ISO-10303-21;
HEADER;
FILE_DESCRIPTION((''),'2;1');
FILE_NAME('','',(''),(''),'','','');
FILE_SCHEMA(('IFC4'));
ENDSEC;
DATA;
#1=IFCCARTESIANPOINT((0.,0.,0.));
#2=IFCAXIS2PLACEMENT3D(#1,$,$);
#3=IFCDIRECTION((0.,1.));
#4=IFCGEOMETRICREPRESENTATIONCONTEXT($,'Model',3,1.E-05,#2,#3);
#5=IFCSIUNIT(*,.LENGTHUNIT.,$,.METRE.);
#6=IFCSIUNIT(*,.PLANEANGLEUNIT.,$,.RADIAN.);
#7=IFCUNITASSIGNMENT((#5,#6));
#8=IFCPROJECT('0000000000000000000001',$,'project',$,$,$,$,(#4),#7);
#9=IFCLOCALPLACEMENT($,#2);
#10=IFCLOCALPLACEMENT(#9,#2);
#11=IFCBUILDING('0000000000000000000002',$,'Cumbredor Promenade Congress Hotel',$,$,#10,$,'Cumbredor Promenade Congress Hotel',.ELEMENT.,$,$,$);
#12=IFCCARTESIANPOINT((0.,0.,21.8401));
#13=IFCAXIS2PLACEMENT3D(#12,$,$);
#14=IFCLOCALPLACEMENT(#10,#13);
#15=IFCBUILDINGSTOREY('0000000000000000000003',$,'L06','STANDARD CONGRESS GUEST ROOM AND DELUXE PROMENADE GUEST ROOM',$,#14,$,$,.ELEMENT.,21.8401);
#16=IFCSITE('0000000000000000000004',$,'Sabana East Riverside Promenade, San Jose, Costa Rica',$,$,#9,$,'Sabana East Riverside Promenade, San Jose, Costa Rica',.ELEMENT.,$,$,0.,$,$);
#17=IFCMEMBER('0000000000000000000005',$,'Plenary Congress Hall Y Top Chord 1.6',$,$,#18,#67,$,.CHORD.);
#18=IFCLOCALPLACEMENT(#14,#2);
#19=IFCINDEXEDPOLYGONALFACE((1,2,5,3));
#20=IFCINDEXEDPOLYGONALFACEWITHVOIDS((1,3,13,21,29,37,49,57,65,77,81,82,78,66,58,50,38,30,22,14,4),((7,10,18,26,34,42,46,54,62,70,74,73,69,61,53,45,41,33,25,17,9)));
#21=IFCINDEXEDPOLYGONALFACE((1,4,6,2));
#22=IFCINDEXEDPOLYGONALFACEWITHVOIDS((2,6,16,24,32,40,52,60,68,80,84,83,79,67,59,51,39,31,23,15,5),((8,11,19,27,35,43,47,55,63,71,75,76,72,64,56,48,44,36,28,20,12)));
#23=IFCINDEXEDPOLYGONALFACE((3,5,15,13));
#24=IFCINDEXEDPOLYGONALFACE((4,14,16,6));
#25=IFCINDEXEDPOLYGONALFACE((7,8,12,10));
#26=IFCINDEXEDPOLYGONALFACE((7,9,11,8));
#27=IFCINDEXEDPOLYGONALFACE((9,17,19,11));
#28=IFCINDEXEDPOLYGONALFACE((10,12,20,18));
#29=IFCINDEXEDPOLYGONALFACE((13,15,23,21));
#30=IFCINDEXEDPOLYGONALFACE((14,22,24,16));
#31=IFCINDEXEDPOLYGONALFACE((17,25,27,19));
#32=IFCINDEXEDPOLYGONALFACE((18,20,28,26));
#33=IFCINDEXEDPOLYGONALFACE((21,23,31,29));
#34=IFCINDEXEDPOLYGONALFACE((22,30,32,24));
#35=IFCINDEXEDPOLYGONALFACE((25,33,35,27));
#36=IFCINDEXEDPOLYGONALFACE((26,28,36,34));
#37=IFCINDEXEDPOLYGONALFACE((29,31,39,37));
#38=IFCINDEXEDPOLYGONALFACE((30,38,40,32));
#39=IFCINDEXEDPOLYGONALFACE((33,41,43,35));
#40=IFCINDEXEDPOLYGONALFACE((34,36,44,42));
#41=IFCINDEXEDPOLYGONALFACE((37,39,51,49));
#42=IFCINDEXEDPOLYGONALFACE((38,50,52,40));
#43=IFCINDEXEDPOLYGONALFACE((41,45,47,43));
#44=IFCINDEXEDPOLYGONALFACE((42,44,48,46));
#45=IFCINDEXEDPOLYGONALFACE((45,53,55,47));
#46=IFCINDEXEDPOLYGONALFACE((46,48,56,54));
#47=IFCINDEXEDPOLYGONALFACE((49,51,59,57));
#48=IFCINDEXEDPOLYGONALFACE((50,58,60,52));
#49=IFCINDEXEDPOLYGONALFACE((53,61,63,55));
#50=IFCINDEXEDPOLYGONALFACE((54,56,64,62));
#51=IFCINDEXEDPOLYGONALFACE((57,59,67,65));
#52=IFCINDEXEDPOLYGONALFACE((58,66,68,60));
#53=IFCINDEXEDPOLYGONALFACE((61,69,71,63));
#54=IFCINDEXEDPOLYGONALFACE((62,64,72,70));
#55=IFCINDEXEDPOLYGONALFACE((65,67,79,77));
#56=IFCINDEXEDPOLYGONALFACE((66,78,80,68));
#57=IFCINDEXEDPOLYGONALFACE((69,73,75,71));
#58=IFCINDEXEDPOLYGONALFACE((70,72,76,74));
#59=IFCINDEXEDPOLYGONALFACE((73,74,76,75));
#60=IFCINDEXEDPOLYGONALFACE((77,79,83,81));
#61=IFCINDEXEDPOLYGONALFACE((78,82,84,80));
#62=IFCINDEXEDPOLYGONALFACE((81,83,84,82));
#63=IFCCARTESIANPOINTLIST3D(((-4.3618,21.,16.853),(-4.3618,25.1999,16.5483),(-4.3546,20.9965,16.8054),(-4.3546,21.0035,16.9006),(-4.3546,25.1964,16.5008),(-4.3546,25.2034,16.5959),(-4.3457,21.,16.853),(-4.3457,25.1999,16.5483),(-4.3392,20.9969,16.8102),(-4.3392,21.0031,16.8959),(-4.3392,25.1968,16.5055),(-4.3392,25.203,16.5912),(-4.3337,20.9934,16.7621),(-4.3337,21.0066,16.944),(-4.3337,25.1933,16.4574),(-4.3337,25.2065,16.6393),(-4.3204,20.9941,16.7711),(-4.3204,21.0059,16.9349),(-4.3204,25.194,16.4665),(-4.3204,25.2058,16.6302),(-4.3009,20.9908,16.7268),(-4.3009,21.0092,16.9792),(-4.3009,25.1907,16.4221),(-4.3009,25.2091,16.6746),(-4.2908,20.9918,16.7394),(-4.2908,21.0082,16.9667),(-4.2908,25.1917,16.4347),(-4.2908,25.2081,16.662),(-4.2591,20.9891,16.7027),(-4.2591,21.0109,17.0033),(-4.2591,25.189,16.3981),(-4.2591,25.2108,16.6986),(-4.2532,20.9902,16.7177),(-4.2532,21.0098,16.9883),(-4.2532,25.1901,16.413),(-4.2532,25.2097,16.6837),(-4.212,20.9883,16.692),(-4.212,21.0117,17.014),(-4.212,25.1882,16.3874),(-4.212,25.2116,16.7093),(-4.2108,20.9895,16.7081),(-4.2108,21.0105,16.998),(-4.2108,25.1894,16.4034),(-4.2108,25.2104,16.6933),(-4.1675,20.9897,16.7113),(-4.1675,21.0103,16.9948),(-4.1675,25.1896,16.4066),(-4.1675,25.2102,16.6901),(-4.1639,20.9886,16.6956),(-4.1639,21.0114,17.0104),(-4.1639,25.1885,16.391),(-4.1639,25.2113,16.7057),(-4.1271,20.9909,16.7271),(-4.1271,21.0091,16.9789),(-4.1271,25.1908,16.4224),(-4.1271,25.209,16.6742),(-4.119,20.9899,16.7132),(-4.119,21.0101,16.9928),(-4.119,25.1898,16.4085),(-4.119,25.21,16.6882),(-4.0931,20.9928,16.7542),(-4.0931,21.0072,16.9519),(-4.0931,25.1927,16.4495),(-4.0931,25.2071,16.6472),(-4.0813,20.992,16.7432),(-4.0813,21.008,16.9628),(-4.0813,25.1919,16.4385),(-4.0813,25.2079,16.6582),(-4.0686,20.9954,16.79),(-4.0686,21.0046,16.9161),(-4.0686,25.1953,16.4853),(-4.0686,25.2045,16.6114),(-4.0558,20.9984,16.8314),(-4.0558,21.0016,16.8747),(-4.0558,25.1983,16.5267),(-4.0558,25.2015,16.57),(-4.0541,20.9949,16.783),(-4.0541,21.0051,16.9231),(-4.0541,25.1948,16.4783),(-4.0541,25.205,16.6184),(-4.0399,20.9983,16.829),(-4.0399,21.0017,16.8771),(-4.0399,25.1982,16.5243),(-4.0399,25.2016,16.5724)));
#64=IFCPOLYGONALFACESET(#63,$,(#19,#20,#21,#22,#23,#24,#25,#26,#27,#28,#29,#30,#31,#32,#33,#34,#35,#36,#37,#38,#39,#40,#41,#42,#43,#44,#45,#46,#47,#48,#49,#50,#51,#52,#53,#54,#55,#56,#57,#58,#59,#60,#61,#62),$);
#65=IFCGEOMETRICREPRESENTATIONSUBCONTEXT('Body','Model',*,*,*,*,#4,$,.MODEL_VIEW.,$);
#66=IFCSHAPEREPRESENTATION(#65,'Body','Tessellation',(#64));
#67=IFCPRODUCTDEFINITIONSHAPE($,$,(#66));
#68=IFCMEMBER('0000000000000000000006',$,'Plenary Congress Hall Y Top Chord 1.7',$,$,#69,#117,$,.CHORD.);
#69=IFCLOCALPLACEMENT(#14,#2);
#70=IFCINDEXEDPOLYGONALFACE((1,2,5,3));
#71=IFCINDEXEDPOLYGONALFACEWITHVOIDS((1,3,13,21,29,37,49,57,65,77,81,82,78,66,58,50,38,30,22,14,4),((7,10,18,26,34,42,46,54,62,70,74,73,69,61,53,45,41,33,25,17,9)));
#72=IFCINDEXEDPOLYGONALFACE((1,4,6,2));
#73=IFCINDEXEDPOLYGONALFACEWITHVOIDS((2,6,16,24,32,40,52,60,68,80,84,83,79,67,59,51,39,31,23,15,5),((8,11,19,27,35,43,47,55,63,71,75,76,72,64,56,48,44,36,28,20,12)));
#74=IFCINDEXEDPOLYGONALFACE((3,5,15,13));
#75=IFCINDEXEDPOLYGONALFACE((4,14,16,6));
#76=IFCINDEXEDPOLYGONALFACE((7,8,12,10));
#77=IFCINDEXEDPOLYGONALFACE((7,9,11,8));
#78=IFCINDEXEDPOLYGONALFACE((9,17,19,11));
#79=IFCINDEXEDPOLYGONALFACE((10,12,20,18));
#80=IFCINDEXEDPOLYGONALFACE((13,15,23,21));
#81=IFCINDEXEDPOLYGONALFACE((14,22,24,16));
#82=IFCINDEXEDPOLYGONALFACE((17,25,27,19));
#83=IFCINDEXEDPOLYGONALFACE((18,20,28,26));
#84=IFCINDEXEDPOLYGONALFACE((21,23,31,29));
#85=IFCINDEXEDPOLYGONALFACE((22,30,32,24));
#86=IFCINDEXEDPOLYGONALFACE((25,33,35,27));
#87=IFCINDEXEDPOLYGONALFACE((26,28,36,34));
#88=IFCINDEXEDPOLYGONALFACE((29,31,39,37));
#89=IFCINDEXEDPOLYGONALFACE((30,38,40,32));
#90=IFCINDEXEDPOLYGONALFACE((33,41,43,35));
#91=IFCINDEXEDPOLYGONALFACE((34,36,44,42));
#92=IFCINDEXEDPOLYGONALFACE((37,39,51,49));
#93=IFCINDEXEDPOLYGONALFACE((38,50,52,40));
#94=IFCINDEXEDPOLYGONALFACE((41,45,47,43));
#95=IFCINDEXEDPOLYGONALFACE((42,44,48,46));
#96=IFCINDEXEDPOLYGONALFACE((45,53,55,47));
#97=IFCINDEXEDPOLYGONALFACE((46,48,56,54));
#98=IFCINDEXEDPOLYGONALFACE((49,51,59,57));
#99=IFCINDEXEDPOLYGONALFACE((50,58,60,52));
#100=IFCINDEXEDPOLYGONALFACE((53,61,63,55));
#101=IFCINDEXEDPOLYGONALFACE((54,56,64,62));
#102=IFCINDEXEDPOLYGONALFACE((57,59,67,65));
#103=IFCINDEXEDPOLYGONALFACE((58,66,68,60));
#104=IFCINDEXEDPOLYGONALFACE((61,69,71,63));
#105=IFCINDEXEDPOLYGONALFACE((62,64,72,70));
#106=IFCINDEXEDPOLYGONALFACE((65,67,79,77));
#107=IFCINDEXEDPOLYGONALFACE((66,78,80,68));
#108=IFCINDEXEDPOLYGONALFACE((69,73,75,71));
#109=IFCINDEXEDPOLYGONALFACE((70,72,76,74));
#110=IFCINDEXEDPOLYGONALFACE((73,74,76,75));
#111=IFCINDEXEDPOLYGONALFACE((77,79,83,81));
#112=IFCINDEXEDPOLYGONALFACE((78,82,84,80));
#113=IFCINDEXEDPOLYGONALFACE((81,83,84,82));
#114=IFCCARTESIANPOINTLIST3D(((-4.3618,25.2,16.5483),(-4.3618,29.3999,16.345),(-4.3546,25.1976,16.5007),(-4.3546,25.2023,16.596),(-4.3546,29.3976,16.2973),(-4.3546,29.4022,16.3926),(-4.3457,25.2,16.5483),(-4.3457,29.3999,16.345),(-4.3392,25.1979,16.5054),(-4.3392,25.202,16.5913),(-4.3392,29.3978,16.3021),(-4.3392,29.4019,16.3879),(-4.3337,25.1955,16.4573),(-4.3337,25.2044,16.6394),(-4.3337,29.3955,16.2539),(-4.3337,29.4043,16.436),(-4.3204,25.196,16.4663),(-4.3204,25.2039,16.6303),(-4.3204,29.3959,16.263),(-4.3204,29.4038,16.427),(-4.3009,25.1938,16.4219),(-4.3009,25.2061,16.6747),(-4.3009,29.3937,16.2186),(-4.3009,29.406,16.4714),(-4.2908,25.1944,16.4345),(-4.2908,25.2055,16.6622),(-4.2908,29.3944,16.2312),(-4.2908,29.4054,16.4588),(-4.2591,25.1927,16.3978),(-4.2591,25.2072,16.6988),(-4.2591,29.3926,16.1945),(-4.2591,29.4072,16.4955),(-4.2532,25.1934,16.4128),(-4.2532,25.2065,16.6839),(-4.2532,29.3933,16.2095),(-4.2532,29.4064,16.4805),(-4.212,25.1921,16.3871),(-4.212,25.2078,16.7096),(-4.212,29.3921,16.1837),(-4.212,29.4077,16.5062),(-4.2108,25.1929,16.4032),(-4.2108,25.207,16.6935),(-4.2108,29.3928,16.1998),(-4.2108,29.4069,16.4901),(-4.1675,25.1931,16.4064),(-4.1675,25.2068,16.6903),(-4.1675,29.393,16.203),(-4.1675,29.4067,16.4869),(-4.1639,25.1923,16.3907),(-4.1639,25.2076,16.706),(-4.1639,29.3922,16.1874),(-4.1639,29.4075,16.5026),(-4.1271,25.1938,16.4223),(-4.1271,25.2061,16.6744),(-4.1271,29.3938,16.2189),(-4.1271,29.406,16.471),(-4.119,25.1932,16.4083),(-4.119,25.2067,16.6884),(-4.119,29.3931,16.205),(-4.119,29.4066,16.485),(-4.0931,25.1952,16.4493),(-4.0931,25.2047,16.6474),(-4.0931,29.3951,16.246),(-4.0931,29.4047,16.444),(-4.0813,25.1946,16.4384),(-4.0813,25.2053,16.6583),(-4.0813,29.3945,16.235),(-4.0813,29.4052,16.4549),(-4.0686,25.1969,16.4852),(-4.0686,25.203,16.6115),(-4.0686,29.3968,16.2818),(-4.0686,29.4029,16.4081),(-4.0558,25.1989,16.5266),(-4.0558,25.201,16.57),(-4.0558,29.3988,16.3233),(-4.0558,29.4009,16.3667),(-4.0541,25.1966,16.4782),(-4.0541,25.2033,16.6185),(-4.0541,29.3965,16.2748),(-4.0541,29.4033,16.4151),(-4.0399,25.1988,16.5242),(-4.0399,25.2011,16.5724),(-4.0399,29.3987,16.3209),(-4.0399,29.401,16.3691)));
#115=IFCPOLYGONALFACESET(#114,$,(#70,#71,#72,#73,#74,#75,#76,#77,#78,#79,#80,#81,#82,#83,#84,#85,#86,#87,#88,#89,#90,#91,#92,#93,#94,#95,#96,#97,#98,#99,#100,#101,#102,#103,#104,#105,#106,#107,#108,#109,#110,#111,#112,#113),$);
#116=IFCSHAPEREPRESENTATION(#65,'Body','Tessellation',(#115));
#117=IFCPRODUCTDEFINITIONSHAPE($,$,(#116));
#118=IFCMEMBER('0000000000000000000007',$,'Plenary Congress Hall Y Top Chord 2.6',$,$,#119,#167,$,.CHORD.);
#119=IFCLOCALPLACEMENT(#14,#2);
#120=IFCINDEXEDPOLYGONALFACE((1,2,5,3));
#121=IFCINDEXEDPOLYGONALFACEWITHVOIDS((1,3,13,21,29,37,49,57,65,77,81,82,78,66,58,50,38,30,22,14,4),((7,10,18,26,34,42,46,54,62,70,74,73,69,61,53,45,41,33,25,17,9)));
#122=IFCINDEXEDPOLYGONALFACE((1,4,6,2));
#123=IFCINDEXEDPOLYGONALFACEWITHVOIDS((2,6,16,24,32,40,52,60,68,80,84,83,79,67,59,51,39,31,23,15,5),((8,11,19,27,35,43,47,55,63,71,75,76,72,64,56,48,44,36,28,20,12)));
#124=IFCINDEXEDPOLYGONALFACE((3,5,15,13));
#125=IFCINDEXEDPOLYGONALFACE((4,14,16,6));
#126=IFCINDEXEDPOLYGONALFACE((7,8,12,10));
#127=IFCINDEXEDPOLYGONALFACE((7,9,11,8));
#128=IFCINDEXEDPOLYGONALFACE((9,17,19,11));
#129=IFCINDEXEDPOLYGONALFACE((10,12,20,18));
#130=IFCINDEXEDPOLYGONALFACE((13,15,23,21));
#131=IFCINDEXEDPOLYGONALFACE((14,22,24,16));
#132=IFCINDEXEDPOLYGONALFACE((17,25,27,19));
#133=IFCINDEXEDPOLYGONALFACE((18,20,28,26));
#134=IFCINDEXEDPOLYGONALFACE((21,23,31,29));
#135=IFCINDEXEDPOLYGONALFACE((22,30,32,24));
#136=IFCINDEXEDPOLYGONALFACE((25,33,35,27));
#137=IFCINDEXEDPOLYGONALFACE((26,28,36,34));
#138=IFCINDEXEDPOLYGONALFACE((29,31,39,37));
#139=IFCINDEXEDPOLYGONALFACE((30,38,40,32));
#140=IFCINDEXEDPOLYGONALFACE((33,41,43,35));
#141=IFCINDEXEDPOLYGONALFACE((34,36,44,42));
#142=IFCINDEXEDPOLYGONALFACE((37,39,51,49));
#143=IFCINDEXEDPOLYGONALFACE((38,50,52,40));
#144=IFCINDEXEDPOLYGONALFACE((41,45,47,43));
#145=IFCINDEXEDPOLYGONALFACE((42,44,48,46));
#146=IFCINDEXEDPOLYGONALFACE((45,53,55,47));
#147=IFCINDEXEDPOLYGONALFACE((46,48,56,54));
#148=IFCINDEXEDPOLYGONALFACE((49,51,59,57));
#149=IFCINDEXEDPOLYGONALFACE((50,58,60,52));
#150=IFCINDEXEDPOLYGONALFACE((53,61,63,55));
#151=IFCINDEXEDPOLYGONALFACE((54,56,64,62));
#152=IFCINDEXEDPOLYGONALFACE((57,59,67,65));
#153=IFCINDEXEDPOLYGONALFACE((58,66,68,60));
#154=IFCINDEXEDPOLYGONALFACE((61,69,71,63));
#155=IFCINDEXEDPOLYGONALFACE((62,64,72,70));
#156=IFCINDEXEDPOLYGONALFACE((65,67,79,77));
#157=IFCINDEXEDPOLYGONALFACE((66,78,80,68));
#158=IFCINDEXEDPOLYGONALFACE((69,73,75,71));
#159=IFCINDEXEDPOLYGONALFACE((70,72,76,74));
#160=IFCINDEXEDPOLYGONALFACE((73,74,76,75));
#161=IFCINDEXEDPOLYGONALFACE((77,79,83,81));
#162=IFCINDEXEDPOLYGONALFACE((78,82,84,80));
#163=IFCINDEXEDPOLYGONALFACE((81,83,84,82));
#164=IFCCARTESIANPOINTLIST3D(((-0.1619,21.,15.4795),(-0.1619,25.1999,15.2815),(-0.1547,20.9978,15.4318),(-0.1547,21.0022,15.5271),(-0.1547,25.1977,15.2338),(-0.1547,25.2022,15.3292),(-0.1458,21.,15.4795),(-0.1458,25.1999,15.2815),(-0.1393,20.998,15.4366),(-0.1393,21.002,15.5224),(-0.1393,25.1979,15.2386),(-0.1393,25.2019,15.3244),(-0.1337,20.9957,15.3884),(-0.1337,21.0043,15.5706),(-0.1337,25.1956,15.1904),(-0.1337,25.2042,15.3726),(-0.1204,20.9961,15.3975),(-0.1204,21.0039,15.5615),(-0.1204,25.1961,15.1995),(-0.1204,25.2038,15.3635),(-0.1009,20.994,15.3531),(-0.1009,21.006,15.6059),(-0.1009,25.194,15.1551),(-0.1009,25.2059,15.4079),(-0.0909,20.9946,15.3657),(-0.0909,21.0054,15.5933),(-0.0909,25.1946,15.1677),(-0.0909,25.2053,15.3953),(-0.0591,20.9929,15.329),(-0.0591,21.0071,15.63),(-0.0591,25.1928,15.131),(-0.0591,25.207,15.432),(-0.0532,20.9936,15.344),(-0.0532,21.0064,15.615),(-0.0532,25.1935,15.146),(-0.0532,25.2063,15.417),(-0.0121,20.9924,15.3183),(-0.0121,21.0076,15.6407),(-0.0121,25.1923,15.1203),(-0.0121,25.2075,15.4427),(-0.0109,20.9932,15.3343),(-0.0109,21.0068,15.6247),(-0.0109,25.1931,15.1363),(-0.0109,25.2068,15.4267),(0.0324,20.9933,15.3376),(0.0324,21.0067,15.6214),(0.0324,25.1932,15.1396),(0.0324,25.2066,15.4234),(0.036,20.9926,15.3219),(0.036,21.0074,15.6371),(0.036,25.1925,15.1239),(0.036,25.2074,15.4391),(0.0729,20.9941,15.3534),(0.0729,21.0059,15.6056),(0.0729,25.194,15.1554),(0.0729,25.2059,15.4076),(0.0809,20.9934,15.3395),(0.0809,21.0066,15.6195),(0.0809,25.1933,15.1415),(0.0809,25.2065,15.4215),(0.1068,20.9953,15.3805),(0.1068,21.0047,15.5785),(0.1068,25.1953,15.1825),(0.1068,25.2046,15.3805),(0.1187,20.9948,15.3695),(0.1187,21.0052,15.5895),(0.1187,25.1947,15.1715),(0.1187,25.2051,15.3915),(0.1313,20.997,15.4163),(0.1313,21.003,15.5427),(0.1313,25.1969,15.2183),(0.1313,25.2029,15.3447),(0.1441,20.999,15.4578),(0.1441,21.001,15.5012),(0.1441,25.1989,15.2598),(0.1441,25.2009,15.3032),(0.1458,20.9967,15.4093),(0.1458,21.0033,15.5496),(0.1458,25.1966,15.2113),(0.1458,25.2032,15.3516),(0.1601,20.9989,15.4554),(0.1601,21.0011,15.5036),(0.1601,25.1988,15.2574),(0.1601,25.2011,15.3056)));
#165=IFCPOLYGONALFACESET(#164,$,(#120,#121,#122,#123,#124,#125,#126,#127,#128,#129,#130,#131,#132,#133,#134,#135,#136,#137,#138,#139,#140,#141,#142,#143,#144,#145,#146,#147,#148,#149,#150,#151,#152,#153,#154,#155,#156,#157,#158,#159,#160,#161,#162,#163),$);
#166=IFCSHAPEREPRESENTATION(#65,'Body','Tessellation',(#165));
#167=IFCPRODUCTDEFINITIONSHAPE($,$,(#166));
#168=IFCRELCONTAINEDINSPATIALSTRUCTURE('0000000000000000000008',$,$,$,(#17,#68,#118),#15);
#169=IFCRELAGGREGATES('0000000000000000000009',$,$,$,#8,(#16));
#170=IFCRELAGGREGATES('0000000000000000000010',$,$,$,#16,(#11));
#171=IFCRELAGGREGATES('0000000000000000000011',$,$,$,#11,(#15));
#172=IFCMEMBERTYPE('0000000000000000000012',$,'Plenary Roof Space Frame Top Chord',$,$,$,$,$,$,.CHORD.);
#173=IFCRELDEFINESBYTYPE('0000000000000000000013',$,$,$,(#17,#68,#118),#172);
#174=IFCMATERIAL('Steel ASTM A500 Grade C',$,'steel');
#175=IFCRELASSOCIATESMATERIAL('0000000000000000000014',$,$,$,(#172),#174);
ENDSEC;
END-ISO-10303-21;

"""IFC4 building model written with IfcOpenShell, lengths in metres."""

from ifc_helpers import new_model, si_unit, direction, frame, origin, origin_2d, place, context, subcontext, project, spatial, hollow_circle, extrude, material, material_profile, profile_set, type_object, element, save


model = new_model("IFC4")

# Units and contexts
model_context = context("Model", 3, precision=1e-05, world=origin(), true_north=direction((0.0, 1.0)))
body_context = subcontext(model_context, "Body", "Model", "MODEL_VIEW")
ifc_project = project(units=[si_unit("LENGTHUNIT", "METRE"), si_unit("PLANEANGLEUNIT", "RADIAN")], contexts=[model_context])

# Site, building, storey
site_placement = place(None, origin())
site = spatial("IfcSite", under=ifc_project, at=site_placement, Name="Sabana East Riverside Promenade, San Jose, Costa Rica", LongName="Sabana East Riverside Promenade, San Jose, Costa Rica", CompositionType="ELEMENT", RefElevation=0.0)
building_placement = place(site_placement, origin())
building = spatial("IfcBuilding", under=site, at=building_placement, Name="Cumbredor Promenade Congress Hotel", LongName="Cumbredor Promenade Congress Hotel", CompositionType="ELEMENT")
storey_placement = place(building_placement, frame((0.0, 0.0, 21.8401)))
storey = spatial("IfcBuildingStorey", under=building, at=storey_placement, Name="L06", Description="STANDARD CONGRESS GUEST ROOM AND DELUXE PROMENADE GUEST ROOM", CompositionType="ELEMENT", Elevation=21.8401)

# Members
ifc_material_1 = material(Name="Steel ASTM A500 Grade C", Category="steel")
ifc_material_profile_1 = material_profile(ifc_material_1, hollow_circle(Radius=0.1619, WallThickness=0.0161, at=origin_2d()), Name="CHS 323.9x16")
ifc_profile_set_1 = profile_set([ifc_material_profile_1], Name="Steel ASTM A500 Grade C")
member_type_1 = type_object("IfcMemberType", Name="Plenary Roof Space Frame Top Chord", PredefinedType="CHORD", material=ifc_profile_set_1)
member_1_placement = place(storey_placement, frame((-4.2, 21.0, 16.853), z_axis=(0.0, 0.997379, -0.072355), x_axis=(-1.0, 0.0, 0.0)))
element("IfcMember", 1, at=member_1_placement, inside=storey, type_object=member_type_1, Name="Plenary Congress Hall Y Top Chord 1.6", PredefinedType="CHORD", context=body_context, shape_type="SweptSolid", body=[
    extrude(hollow_circle(Radius=0.1619, WallThickness=0.0161, at=origin_2d()), origin(), (0.0, 0.0, 1.0), 4.2109),
])
member_2_placement = place(storey_placement, frame((-4.2, 25.2, 16.5483), z_axis=(0.0, 0.99883, -0.048365), x_axis=(-1.0, 0.0, 0.0)))
element("IfcMember", 2, at=member_2_placement, inside=storey, type_object=member_type_1, Name="Plenary Congress Hall Y Top Chord 1.7", PredefinedType="CHORD", context=body_context, shape_type="SweptSolid", body=[
    extrude(hollow_circle(Radius=0.1619, WallThickness=0.0161, at=origin_2d()), origin(), (0.0, 0.0, 1.0), 4.2048),
])
member_3_placement = place(storey_placement, frame((0.0, 21.0, 15.4795), z_axis=(0.0, 0.998891, -0.047091), x_axis=(-1.0, 0.0, 0.0)))
element("IfcMember", 3, at=member_3_placement, inside=storey, type_object=member_type_1, Name="Plenary Congress Hall Y Top Chord 2.6", PredefinedType="CHORD", context=body_context, shape_type="SweptSolid", body=[
    extrude(hollow_circle(Radius=0.1619, WallThickness=0.0161, at=origin_2d()), origin(), (0.0, 0.0, 1.0), 4.2046),
])

save(model, "model.ifc")
